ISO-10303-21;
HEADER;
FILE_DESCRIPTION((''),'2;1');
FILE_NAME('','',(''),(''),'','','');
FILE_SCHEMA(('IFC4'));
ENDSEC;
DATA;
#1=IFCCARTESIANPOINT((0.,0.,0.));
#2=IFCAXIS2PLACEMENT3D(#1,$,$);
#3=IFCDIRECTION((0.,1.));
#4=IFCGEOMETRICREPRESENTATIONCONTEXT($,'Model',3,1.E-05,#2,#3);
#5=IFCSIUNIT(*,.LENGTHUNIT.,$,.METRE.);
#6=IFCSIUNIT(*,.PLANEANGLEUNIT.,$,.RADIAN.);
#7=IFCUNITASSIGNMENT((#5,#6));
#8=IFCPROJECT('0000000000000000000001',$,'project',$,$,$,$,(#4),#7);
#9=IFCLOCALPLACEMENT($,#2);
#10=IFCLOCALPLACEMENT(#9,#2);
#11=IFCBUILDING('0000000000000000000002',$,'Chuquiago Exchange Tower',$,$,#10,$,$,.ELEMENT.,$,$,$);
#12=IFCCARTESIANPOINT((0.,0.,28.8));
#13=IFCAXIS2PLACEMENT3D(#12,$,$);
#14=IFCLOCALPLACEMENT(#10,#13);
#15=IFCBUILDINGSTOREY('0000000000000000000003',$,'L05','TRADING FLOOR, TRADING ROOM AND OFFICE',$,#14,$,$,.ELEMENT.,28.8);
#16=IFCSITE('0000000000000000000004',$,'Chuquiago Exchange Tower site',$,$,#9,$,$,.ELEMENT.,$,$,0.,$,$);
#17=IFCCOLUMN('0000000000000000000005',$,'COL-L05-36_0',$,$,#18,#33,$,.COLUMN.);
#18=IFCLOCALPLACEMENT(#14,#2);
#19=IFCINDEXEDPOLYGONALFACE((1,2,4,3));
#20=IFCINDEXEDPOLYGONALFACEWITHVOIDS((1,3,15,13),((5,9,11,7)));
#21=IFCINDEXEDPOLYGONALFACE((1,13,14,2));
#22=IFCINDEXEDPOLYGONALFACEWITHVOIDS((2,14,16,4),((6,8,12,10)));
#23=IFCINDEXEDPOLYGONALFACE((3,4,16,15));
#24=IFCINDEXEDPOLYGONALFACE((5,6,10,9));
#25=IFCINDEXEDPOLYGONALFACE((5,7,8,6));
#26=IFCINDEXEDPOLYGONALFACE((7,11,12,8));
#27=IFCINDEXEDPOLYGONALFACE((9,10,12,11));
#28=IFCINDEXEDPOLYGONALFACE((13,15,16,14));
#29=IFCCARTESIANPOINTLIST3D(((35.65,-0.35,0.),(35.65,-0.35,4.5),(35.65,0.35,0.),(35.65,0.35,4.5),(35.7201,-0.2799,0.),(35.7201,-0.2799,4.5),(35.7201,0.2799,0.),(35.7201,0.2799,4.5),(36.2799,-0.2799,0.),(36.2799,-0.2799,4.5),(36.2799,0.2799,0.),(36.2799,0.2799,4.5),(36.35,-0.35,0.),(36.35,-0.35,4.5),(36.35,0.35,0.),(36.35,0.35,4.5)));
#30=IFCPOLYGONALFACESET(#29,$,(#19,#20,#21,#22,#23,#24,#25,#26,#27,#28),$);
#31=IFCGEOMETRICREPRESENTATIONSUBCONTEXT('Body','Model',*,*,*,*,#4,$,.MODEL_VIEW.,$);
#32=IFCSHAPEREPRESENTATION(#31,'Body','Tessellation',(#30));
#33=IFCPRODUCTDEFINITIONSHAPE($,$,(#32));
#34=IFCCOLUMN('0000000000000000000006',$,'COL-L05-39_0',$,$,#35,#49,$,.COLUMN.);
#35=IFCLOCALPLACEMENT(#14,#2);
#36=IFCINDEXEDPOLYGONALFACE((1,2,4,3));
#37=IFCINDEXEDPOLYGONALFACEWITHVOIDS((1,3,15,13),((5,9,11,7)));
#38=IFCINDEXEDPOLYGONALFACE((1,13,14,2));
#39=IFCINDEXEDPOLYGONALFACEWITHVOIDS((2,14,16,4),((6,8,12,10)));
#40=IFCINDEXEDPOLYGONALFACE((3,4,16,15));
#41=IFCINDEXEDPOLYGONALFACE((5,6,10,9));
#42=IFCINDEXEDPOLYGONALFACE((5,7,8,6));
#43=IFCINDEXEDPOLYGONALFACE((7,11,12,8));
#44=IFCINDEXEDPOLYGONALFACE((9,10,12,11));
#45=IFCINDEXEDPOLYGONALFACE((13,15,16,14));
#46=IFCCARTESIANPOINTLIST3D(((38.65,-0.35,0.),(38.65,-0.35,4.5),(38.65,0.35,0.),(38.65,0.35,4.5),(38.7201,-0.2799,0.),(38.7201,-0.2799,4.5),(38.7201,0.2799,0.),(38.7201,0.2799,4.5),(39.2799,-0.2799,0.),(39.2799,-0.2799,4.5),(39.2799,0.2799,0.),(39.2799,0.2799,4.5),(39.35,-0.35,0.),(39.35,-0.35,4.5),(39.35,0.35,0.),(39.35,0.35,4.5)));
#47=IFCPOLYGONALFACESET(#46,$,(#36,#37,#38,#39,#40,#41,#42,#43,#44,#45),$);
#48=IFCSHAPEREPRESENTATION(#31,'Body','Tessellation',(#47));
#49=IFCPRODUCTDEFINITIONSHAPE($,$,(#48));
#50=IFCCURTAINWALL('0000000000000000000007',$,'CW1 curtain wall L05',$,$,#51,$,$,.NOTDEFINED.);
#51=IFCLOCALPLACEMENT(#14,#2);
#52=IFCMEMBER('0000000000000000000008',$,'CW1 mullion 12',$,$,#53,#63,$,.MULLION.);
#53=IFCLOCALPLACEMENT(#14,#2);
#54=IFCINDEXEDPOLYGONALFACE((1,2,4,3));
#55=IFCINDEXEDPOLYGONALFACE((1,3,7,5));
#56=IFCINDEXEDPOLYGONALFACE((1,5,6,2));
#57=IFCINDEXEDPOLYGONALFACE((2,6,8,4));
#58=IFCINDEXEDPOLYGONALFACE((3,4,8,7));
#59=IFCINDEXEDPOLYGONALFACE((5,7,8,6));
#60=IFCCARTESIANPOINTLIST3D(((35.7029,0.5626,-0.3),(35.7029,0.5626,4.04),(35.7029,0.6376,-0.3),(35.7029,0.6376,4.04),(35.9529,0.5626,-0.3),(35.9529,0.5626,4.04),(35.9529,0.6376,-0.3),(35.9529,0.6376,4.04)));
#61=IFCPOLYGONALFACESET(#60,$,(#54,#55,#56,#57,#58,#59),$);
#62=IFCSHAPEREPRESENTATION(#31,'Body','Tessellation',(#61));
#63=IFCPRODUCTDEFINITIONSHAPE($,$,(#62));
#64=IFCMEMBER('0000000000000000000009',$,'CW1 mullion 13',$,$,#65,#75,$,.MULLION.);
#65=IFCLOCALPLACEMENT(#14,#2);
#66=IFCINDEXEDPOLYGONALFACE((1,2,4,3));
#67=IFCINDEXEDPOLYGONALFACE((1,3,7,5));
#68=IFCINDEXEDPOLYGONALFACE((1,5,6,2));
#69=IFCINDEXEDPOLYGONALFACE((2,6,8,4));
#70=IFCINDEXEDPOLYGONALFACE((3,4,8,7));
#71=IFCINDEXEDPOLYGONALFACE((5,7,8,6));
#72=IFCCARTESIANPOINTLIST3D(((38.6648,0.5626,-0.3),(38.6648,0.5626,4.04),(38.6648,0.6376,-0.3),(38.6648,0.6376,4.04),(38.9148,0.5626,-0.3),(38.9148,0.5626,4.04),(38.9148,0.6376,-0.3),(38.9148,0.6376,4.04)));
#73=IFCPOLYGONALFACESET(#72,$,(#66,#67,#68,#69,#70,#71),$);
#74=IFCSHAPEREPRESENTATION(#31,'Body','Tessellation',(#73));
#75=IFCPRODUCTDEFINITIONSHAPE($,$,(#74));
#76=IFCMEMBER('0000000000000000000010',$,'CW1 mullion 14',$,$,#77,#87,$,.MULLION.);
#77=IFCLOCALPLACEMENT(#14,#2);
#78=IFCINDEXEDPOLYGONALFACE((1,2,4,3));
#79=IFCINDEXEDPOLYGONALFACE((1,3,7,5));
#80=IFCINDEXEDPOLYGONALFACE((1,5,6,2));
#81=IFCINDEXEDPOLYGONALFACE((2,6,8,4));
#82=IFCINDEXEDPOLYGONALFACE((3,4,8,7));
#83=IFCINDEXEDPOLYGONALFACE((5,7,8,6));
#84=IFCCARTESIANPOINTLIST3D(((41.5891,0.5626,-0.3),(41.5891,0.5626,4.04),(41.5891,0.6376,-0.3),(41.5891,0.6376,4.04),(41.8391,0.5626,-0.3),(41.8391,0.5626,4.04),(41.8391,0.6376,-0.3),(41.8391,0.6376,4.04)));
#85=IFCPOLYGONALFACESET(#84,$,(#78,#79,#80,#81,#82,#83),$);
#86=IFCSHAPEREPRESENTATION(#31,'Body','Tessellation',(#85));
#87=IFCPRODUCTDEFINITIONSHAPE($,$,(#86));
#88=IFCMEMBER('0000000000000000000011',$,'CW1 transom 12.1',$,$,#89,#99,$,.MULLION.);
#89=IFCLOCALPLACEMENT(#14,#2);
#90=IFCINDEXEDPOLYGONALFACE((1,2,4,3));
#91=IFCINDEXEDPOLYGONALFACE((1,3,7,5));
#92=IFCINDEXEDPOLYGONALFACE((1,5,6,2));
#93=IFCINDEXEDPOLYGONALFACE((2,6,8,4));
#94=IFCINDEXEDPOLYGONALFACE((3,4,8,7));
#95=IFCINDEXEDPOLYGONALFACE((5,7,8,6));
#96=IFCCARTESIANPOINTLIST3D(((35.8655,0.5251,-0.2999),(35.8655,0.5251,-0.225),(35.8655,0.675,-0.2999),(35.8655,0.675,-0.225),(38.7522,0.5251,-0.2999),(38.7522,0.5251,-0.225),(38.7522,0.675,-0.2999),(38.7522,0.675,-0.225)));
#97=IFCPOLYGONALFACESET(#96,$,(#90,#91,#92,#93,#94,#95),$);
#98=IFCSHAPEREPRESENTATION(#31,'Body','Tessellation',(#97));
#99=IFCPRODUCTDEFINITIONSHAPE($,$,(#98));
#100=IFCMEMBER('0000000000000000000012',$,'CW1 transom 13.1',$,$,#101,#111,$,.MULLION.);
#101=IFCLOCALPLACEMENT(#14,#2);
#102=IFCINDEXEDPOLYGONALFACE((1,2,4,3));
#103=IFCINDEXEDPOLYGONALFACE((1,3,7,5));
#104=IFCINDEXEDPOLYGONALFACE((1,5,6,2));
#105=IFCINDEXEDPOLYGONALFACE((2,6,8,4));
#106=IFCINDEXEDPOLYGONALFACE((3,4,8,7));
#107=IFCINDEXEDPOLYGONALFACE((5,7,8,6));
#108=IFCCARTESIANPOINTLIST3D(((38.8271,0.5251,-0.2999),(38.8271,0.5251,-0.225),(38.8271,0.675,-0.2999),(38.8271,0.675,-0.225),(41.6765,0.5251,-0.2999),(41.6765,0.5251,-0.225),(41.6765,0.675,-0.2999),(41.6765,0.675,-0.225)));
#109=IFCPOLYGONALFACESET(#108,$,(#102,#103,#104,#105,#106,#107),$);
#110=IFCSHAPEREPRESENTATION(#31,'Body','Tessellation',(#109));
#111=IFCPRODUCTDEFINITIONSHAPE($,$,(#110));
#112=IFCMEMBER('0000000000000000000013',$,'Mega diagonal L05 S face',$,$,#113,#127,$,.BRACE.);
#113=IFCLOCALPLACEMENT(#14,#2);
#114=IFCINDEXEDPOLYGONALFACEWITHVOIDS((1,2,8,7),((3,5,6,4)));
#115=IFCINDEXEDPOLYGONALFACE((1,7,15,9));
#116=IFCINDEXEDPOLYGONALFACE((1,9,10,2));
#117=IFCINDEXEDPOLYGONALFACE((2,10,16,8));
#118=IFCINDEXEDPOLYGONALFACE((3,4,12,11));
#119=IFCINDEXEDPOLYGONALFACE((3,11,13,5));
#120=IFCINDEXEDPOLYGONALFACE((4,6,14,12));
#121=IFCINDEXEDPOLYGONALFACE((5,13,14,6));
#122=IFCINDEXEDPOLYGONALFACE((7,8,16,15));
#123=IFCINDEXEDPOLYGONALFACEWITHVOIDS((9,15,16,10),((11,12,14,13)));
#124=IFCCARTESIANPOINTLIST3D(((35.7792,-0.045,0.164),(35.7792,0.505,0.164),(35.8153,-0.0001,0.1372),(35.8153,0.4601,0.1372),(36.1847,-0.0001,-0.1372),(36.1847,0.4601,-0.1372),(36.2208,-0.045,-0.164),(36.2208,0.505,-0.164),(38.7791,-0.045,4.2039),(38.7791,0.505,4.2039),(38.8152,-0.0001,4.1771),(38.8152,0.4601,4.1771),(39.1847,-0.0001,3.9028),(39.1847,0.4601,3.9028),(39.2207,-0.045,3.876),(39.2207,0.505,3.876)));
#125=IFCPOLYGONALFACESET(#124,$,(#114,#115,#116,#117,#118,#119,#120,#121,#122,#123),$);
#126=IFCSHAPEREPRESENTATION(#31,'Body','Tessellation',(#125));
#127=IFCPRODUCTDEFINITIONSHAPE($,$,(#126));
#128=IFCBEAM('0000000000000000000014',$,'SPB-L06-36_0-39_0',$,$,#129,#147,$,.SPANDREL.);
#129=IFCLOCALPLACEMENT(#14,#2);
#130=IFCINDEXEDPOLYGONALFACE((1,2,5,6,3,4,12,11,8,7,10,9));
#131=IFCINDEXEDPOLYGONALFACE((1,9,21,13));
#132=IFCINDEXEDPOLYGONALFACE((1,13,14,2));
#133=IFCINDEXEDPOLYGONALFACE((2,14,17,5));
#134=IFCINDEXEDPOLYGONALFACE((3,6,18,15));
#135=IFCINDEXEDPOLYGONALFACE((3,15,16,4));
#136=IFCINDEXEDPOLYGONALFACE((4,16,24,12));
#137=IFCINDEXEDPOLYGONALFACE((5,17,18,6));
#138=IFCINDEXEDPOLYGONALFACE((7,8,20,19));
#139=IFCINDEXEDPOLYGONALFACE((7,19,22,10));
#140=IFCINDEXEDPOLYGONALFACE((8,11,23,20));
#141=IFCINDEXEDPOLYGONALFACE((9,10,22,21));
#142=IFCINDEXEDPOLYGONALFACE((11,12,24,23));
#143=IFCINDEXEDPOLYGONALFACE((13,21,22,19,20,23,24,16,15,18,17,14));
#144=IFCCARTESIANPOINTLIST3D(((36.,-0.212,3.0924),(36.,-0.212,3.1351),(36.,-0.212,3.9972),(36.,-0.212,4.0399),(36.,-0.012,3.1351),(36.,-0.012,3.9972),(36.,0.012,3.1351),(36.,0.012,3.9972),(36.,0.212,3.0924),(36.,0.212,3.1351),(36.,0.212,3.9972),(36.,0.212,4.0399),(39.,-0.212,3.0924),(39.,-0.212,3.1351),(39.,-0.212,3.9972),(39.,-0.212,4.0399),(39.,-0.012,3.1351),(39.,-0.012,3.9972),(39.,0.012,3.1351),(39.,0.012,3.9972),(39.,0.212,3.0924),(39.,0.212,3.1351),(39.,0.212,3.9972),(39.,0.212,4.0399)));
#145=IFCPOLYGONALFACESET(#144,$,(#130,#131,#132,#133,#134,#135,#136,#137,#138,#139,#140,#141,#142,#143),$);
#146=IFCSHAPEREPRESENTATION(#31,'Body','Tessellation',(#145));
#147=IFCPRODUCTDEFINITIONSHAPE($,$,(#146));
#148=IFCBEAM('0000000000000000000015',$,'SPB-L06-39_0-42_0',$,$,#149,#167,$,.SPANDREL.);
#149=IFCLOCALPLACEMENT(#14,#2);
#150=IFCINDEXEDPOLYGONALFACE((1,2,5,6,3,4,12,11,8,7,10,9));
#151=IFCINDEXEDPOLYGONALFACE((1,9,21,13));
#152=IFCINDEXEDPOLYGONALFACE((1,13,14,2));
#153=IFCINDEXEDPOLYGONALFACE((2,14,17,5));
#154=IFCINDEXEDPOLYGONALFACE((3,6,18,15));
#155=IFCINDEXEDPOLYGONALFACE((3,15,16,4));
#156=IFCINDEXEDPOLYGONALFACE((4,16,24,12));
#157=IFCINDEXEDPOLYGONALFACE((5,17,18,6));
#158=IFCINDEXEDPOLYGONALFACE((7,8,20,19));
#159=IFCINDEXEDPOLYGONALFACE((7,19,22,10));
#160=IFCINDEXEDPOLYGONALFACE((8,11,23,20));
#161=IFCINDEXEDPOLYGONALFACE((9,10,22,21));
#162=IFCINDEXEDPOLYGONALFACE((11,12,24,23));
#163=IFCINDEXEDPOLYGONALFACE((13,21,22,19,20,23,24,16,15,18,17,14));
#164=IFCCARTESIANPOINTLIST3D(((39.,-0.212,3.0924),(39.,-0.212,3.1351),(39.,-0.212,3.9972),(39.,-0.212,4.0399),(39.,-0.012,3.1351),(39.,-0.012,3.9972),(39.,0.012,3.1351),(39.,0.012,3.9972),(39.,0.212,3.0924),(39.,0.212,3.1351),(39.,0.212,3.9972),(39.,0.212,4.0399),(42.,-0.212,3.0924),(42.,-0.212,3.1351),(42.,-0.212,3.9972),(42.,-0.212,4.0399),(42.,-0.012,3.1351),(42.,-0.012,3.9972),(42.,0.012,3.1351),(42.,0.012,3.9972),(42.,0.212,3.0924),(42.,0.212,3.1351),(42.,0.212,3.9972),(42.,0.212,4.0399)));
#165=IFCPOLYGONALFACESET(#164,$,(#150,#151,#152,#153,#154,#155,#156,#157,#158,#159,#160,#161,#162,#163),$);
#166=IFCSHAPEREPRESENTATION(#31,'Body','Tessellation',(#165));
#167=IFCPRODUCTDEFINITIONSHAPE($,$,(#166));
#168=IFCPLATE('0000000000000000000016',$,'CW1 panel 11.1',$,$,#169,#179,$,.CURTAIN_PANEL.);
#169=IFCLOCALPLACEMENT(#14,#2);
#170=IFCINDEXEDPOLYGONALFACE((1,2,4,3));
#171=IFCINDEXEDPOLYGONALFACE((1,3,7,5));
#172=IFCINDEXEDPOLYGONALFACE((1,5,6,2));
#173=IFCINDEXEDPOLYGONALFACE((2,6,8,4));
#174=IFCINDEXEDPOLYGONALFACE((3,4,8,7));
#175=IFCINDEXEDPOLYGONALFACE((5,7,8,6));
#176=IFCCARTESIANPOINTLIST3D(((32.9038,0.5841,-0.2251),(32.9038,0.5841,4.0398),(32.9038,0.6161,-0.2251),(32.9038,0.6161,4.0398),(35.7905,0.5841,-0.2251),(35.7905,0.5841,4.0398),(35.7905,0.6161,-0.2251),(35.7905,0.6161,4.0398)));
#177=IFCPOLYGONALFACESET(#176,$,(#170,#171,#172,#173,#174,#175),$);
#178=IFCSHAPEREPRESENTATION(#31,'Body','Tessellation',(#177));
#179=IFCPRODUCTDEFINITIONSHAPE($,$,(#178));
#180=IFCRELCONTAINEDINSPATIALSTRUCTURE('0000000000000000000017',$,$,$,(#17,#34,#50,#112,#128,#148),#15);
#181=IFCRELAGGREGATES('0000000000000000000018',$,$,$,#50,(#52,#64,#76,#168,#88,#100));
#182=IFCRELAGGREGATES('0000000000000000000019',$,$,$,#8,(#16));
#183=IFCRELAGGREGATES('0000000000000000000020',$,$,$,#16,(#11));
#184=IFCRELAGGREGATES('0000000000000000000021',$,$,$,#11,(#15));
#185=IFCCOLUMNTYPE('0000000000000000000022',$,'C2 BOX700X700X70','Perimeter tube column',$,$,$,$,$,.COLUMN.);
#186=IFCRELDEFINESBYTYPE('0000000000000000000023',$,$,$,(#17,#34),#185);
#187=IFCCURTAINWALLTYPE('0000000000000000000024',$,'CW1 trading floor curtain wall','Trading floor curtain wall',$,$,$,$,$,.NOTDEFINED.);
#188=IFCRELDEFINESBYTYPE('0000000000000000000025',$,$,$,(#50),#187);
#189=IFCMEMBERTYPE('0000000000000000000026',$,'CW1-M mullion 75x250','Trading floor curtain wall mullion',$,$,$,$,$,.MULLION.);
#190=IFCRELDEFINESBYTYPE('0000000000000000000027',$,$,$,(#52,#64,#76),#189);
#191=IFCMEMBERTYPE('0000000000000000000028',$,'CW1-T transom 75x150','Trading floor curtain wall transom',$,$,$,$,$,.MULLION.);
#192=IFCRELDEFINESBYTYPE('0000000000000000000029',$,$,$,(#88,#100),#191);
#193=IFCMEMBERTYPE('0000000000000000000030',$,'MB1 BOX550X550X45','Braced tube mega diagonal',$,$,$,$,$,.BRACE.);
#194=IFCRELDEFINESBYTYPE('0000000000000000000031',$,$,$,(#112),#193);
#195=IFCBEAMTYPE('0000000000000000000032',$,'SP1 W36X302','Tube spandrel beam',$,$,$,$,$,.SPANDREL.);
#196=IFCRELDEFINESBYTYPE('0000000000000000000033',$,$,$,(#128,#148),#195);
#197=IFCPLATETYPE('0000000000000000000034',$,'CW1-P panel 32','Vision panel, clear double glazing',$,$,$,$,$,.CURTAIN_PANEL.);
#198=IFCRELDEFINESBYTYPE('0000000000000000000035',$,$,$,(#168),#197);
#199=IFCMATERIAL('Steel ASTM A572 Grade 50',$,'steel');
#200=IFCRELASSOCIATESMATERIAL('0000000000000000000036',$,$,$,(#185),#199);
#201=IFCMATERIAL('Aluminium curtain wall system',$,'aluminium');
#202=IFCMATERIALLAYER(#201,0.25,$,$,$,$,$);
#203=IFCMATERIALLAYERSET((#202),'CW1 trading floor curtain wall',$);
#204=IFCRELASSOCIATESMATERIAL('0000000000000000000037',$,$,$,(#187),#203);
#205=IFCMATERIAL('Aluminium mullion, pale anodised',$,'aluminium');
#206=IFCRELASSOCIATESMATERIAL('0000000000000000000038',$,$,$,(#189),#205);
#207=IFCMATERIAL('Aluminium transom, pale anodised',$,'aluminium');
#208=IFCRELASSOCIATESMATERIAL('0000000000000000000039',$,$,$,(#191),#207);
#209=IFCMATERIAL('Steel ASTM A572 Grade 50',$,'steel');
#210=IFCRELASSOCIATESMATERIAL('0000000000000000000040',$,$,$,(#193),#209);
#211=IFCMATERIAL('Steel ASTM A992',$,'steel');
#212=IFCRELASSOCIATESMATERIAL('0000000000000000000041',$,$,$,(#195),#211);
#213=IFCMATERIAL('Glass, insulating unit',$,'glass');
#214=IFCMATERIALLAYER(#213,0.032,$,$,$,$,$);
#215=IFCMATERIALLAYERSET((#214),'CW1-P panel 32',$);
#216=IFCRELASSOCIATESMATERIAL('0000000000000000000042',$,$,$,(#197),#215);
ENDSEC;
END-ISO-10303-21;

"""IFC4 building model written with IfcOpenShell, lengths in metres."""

from ifc_helpers import new_model, si_unit, direction, frame, origin, origin_2d, place, context, subcontext, project, spatial, rectangle, hollow_rectangle, i_section, extrude, material, layer, layer_set, material_profile, profile_set, type_object, element, aggregate, save


model = new_model("IFC4")

# Units and contexts
model_context = context("Model", 3, precision=1e-05, world=origin(), true_north=direction((0.0, 1.0)))
body_context = subcontext(model_context, "Body", "Model", "MODEL_VIEW")
ifc_project = project(units=[si_unit("LENGTHUNIT", "METRE"), si_unit("PLANEANGLEUNIT", "RADIAN")], contexts=[model_context])

# Site, building, storey
site_placement = place(None, origin())
site = spatial("IfcSite", under=ifc_project, at=site_placement, Name="Chuquiago Exchange Tower site", CompositionType="ELEMENT", RefElevation=0.0)
building_placement = place(site_placement, origin())
building = spatial("IfcBuilding", under=site, at=building_placement, Name="Chuquiago Exchange Tower", CompositionType="ELEMENT")
storey_placement = place(building_placement, frame((0.0, 0.0, 28.8)))
storey = spatial("IfcBuildingStorey", under=building, at=storey_placement, Name="L05", Description="TRADING FLOOR, TRADING ROOM AND OFFICE", CompositionType="ELEMENT", Elevation=28.8)

# Columns
ifc_material_1 = material(Name="Steel ASTM A572 Grade 50", Category="steel")
ifc_material_profile_1 = material_profile(ifc_material_1, hollow_rectangle(XDim=0.7, YDim=0.7, WallThickness=0.0701, at=origin_2d()), Name="BOX700X700X70")
ifc_profile_set_1 = profile_set([ifc_material_profile_1], Name="Steel ASTM A572 Grade 50")
column_type = type_object("IfcColumnType", Name="C2 BOX700X700X70", Description="Perimeter tube column", PredefinedType="COLUMN", material=ifc_profile_set_1)
for number, where, z_axis, x_axis, name in (
    (1, (36.0, 0.0, 0.0), (0.0, 0.0, 1.0), (0.0, -1.0, 0.0), "COL-L05-36_0"),
    (2, (39.0, 0.0, 0.0), (0.0, 0.0, 1.0), (0.0, -1.0, 0.0), "COL-L05-39_0"),
):
    element("IfcColumn", number, at=place(storey_placement, frame(where, z_axis=z_axis, x_axis=x_axis)), inside=storey, type_object=column_type, Name=name, PredefinedType="COLUMN", context=body_context, shape_type="SweptSolid", body=[
        extrude(hollow_rectangle(XDim=0.7, YDim=0.7, WallThickness=0.0701, at=origin_2d()), origin(), (0.0, 0.0, 1.0), 4.5),
    ])

# Curtain wall, members
ifc_material_2 = material(Name="Aluminium curtain wall system", Category="aluminium")
ifc_layer_1 = layer(ifc_material_2, 0.25)
ifc_layer_set_1 = layer_set([ifc_layer_1], Name="CW1 trading floor curtain wall")
curtain_wall_type = type_object("IfcCurtainWallType", Name="CW1 trading floor curtain wall", Description="Trading floor curtain wall", PredefinedType="NOTDEFINED", material=ifc_layer_set_1)
curtain_wall_placement = place(storey_placement, origin())
curtain_wall = element("IfcCurtainWall", 3, at=curtain_wall_placement, inside=storey, type_object=curtain_wall_type, Name="CW1 curtain wall L05", PredefinedType="NOTDEFINED")
ifc_material_3 = material(Name="Aluminium mullion, pale anodised", Category="aluminium")
ifc_material_profile_2 = material_profile(ifc_material_3, rectangle(XDim=0.075, YDim=0.25, at=origin_2d()), Name="AL 75x250")
ifc_profile_set_2 = profile_set([ifc_material_profile_2], Name="Aluminium mullion, pale anodised")
member_type_1 = type_object("IfcMemberType", Name="CW1-M mullion 75x250", Description="Trading floor curtain wall mullion", PredefinedType="MULLION", material=ifc_profile_set_2)
member_1_placement = place(storey_placement, frame((35.8279, 0.6001, -0.3), z_axis=(0.0, 0.0, 1.0), x_axis=(0.0, 1.0, 0.0)))
member_1 = element("IfcMember", 4, at=member_1_placement, type_object=member_type_1, Name="CW1 mullion 12", PredefinedType="MULLION", context=body_context, shape_type="SweptSolid", body=[
    extrude(rectangle(XDim=0.075, YDim=0.25, at=origin_2d()), origin(), (0.0, 0.0, 1.0), 4.3401),
])
member_2_placement = place(storey_placement, frame((38.7898, 0.6001, -0.3), z_axis=(0.0, 0.0, 1.0), x_axis=(0.0, 1.0, 0.0)))
member_2 = element("IfcMember", 5, at=member_2_placement, type_object=member_type_1, Name="CW1 mullion 13", PredefinedType="MULLION", context=body_context, shape_type="SweptSolid", body=[
    extrude(rectangle(XDim=0.075, YDim=0.25, at=origin_2d()), origin(), (0.0, 0.0, 1.0), 4.3401),
])
member_3_placement = place(storey_placement, frame((41.7141, 0.6001, -0.3), z_axis=(0.0, 0.0, 1.0), x_axis=(0.0, 1.0, 0.0)))
member_3 = element("IfcMember", 6, at=member_3_placement, type_object=member_type_1, Name="CW1 mullion 14", PredefinedType="MULLION", context=body_context, shape_type="SweptSolid", body=[
    extrude(rectangle(XDim=0.075, YDim=0.25, at=origin_2d()), origin(), (0.0, 0.0, 1.0), 4.3401),
])
ifc_material_4 = material(Name="Aluminium transom, pale anodised", Category="aluminium")
ifc_material_profile_3 = material_profile(ifc_material_4, rectangle(XDim=0.1499, YDim=0.075, at=origin_2d()), Name="AL 150x75")
ifc_profile_set_3 = profile_set([ifc_material_profile_3], Name="Aluminium transom, pale anodised")
member_type_2 = type_object("IfcMemberType", Name="CW1-T transom 75x150", Description="Trading floor curtain wall transom", PredefinedType="MULLION", material=ifc_profile_set_3)
member_4_placement = place(storey_placement, frame((35.8655, 0.6001, -0.2625), z_axis=(1.0, 0.0, 0.0), x_axis=(0.0, 1.0, 0.0)))
member_4 = element("IfcMember", 7, at=member_4_placement, type_object=member_type_2, Name="CW1 transom 12.1", PredefinedType="MULLION", context=body_context, shape_type="SweptSolid", body=[
    extrude(rectangle(XDim=0.1499, YDim=0.075, at=origin_2d()), origin(), (0.0, 0.0, 1.0), 2.8867),
])
member_5_placement = place(storey_placement, frame((38.8271, 0.6001, -0.2625), z_axis=(1.0, 0.0, 0.0), x_axis=(0.0, 1.0, 0.0)))
member_5 = element("IfcMember", 8, at=member_5_placement, type_object=member_type_2, Name="CW1 transom 13.1", PredefinedType="MULLION", context=body_context, shape_type="SweptSolid", body=[
    extrude(rectangle(XDim=0.1499, YDim=0.075, at=origin_2d()), origin(), (0.0, 0.0, 1.0), 2.8494),
])

# Member
ifc_material_5 = material(Name="Steel ASTM A572 Grade 50", Category="steel")
ifc_material_profile_4 = material_profile(ifc_material_5, hollow_rectangle(XDim=0.55, YDim=0.55, WallThickness=0.0449, at=origin_2d()), Name="BOX550X550X45")
ifc_profile_set_4 = profile_set([ifc_material_profile_4], Name="Steel ASTM A572 Grade 50")
member_type_3 = type_object("IfcMemberType", Name="MB1 BOX550X550X45", Description="Braced tube mega diagonal", PredefinedType="BRACE", material=ifc_profile_set_4)
member_6_placement = place(storey_placement, frame((36.0, 0.23, 0.0), z_axis=(0.596174, 0.0, 0.802855), x_axis=(0.0, 1.0, 0.0)))
element("IfcMember", 9, at=member_6_placement, inside=storey, type_object=member_type_3, Name="Mega diagonal L05 S face", PredefinedType="BRACE", context=body_context, shape_type="SweptSolid", body=[
    extrude(hollow_rectangle(XDim=0.55, YDim=0.55, WallThickness=0.0449, at=origin_2d()), origin(), (0.0, 0.0, 1.0), 5.032),
])

# Beams
ifc_material_6 = material(Name="Steel ASTM A992", Category="steel")
ifc_material_profile_5 = material_profile(ifc_material_6, i_section(OverallWidth=0.4241, OverallDepth=0.9475, WebThickness=0.0239, FlangeThickness=0.0427, at=origin_2d()), Name="W36X302")
ifc_profile_set_5 = profile_set([ifc_material_profile_5], Name="Steel ASTM A992")
beam_type = type_object("IfcBeamType", Name="SP1 W36X302", Description="Tube spandrel beam", PredefinedType="SPANDREL", material=ifc_profile_set_5)
for number, where, z_axis, x_axis, name in (
    (10, (36.0, 0.0, 3.5662), (1.0, 0.0, 0.0), (0.0, 1.0, 0.0), "SPB-L06-36_0-39_0"),
    (11, (39.0, 0.0, 3.5662), (1.0, 0.0, 0.0), (0.0, 1.0, 0.0), "SPB-L06-39_0-42_0"),
):
    element("IfcBeam", number, at=place(storey_placement, frame(where, z_axis=z_axis, x_axis=x_axis)), inside=storey, type_object=beam_type, Name=name, PredefinedType="SPANDREL", context=body_context, shape_type="SweptSolid", body=[
        extrude(i_section(OverallWidth=0.4241, OverallDepth=0.9475, WebThickness=0.0239, FlangeThickness=0.0427, at=origin_2d()), origin(), (0.0, 0.0, 1.0), 3.0),
    ])

# Plate
ifc_material_7 = material(Name="Glass, insulating unit", Category="glass")
ifc_layer_2 = layer(ifc_material_7, 0.032)
ifc_layer_set_2 = layer_set([ifc_layer_2], Name="CW1-P panel 32")
plate_type_1 = type_object("IfcPlateType", Name="CW1-P panel 32", Description="Vision panel, clear double glazing", PredefinedType="CURTAIN_PANEL", material=ifc_layer_set_2)
plate_1_placement = place(storey_placement, frame((34.3472, 0.6001, -0.2251), z_axis=(0.0, 0.0, 1.0), x_axis=(1.0, 0.0, 0.0)))
plate_1 = element("IfcPlate", 12, at=plate_1_placement, type_object=plate_type_1, Name="CW1 panel 11.1", PredefinedType="CURTAIN_PANEL", context=body_context, shape_type="SweptSolid", body=[
    extrude(rectangle(XDim=2.8867, YDim=0.032, at=origin_2d()), origin(), (0.0, 0.0, 1.0), 4.2649),
])
aggregate(curtain_wall, [member_1, member_2, member_3, plate_1, member_4, member_5])

save(model, "model.ifc")
